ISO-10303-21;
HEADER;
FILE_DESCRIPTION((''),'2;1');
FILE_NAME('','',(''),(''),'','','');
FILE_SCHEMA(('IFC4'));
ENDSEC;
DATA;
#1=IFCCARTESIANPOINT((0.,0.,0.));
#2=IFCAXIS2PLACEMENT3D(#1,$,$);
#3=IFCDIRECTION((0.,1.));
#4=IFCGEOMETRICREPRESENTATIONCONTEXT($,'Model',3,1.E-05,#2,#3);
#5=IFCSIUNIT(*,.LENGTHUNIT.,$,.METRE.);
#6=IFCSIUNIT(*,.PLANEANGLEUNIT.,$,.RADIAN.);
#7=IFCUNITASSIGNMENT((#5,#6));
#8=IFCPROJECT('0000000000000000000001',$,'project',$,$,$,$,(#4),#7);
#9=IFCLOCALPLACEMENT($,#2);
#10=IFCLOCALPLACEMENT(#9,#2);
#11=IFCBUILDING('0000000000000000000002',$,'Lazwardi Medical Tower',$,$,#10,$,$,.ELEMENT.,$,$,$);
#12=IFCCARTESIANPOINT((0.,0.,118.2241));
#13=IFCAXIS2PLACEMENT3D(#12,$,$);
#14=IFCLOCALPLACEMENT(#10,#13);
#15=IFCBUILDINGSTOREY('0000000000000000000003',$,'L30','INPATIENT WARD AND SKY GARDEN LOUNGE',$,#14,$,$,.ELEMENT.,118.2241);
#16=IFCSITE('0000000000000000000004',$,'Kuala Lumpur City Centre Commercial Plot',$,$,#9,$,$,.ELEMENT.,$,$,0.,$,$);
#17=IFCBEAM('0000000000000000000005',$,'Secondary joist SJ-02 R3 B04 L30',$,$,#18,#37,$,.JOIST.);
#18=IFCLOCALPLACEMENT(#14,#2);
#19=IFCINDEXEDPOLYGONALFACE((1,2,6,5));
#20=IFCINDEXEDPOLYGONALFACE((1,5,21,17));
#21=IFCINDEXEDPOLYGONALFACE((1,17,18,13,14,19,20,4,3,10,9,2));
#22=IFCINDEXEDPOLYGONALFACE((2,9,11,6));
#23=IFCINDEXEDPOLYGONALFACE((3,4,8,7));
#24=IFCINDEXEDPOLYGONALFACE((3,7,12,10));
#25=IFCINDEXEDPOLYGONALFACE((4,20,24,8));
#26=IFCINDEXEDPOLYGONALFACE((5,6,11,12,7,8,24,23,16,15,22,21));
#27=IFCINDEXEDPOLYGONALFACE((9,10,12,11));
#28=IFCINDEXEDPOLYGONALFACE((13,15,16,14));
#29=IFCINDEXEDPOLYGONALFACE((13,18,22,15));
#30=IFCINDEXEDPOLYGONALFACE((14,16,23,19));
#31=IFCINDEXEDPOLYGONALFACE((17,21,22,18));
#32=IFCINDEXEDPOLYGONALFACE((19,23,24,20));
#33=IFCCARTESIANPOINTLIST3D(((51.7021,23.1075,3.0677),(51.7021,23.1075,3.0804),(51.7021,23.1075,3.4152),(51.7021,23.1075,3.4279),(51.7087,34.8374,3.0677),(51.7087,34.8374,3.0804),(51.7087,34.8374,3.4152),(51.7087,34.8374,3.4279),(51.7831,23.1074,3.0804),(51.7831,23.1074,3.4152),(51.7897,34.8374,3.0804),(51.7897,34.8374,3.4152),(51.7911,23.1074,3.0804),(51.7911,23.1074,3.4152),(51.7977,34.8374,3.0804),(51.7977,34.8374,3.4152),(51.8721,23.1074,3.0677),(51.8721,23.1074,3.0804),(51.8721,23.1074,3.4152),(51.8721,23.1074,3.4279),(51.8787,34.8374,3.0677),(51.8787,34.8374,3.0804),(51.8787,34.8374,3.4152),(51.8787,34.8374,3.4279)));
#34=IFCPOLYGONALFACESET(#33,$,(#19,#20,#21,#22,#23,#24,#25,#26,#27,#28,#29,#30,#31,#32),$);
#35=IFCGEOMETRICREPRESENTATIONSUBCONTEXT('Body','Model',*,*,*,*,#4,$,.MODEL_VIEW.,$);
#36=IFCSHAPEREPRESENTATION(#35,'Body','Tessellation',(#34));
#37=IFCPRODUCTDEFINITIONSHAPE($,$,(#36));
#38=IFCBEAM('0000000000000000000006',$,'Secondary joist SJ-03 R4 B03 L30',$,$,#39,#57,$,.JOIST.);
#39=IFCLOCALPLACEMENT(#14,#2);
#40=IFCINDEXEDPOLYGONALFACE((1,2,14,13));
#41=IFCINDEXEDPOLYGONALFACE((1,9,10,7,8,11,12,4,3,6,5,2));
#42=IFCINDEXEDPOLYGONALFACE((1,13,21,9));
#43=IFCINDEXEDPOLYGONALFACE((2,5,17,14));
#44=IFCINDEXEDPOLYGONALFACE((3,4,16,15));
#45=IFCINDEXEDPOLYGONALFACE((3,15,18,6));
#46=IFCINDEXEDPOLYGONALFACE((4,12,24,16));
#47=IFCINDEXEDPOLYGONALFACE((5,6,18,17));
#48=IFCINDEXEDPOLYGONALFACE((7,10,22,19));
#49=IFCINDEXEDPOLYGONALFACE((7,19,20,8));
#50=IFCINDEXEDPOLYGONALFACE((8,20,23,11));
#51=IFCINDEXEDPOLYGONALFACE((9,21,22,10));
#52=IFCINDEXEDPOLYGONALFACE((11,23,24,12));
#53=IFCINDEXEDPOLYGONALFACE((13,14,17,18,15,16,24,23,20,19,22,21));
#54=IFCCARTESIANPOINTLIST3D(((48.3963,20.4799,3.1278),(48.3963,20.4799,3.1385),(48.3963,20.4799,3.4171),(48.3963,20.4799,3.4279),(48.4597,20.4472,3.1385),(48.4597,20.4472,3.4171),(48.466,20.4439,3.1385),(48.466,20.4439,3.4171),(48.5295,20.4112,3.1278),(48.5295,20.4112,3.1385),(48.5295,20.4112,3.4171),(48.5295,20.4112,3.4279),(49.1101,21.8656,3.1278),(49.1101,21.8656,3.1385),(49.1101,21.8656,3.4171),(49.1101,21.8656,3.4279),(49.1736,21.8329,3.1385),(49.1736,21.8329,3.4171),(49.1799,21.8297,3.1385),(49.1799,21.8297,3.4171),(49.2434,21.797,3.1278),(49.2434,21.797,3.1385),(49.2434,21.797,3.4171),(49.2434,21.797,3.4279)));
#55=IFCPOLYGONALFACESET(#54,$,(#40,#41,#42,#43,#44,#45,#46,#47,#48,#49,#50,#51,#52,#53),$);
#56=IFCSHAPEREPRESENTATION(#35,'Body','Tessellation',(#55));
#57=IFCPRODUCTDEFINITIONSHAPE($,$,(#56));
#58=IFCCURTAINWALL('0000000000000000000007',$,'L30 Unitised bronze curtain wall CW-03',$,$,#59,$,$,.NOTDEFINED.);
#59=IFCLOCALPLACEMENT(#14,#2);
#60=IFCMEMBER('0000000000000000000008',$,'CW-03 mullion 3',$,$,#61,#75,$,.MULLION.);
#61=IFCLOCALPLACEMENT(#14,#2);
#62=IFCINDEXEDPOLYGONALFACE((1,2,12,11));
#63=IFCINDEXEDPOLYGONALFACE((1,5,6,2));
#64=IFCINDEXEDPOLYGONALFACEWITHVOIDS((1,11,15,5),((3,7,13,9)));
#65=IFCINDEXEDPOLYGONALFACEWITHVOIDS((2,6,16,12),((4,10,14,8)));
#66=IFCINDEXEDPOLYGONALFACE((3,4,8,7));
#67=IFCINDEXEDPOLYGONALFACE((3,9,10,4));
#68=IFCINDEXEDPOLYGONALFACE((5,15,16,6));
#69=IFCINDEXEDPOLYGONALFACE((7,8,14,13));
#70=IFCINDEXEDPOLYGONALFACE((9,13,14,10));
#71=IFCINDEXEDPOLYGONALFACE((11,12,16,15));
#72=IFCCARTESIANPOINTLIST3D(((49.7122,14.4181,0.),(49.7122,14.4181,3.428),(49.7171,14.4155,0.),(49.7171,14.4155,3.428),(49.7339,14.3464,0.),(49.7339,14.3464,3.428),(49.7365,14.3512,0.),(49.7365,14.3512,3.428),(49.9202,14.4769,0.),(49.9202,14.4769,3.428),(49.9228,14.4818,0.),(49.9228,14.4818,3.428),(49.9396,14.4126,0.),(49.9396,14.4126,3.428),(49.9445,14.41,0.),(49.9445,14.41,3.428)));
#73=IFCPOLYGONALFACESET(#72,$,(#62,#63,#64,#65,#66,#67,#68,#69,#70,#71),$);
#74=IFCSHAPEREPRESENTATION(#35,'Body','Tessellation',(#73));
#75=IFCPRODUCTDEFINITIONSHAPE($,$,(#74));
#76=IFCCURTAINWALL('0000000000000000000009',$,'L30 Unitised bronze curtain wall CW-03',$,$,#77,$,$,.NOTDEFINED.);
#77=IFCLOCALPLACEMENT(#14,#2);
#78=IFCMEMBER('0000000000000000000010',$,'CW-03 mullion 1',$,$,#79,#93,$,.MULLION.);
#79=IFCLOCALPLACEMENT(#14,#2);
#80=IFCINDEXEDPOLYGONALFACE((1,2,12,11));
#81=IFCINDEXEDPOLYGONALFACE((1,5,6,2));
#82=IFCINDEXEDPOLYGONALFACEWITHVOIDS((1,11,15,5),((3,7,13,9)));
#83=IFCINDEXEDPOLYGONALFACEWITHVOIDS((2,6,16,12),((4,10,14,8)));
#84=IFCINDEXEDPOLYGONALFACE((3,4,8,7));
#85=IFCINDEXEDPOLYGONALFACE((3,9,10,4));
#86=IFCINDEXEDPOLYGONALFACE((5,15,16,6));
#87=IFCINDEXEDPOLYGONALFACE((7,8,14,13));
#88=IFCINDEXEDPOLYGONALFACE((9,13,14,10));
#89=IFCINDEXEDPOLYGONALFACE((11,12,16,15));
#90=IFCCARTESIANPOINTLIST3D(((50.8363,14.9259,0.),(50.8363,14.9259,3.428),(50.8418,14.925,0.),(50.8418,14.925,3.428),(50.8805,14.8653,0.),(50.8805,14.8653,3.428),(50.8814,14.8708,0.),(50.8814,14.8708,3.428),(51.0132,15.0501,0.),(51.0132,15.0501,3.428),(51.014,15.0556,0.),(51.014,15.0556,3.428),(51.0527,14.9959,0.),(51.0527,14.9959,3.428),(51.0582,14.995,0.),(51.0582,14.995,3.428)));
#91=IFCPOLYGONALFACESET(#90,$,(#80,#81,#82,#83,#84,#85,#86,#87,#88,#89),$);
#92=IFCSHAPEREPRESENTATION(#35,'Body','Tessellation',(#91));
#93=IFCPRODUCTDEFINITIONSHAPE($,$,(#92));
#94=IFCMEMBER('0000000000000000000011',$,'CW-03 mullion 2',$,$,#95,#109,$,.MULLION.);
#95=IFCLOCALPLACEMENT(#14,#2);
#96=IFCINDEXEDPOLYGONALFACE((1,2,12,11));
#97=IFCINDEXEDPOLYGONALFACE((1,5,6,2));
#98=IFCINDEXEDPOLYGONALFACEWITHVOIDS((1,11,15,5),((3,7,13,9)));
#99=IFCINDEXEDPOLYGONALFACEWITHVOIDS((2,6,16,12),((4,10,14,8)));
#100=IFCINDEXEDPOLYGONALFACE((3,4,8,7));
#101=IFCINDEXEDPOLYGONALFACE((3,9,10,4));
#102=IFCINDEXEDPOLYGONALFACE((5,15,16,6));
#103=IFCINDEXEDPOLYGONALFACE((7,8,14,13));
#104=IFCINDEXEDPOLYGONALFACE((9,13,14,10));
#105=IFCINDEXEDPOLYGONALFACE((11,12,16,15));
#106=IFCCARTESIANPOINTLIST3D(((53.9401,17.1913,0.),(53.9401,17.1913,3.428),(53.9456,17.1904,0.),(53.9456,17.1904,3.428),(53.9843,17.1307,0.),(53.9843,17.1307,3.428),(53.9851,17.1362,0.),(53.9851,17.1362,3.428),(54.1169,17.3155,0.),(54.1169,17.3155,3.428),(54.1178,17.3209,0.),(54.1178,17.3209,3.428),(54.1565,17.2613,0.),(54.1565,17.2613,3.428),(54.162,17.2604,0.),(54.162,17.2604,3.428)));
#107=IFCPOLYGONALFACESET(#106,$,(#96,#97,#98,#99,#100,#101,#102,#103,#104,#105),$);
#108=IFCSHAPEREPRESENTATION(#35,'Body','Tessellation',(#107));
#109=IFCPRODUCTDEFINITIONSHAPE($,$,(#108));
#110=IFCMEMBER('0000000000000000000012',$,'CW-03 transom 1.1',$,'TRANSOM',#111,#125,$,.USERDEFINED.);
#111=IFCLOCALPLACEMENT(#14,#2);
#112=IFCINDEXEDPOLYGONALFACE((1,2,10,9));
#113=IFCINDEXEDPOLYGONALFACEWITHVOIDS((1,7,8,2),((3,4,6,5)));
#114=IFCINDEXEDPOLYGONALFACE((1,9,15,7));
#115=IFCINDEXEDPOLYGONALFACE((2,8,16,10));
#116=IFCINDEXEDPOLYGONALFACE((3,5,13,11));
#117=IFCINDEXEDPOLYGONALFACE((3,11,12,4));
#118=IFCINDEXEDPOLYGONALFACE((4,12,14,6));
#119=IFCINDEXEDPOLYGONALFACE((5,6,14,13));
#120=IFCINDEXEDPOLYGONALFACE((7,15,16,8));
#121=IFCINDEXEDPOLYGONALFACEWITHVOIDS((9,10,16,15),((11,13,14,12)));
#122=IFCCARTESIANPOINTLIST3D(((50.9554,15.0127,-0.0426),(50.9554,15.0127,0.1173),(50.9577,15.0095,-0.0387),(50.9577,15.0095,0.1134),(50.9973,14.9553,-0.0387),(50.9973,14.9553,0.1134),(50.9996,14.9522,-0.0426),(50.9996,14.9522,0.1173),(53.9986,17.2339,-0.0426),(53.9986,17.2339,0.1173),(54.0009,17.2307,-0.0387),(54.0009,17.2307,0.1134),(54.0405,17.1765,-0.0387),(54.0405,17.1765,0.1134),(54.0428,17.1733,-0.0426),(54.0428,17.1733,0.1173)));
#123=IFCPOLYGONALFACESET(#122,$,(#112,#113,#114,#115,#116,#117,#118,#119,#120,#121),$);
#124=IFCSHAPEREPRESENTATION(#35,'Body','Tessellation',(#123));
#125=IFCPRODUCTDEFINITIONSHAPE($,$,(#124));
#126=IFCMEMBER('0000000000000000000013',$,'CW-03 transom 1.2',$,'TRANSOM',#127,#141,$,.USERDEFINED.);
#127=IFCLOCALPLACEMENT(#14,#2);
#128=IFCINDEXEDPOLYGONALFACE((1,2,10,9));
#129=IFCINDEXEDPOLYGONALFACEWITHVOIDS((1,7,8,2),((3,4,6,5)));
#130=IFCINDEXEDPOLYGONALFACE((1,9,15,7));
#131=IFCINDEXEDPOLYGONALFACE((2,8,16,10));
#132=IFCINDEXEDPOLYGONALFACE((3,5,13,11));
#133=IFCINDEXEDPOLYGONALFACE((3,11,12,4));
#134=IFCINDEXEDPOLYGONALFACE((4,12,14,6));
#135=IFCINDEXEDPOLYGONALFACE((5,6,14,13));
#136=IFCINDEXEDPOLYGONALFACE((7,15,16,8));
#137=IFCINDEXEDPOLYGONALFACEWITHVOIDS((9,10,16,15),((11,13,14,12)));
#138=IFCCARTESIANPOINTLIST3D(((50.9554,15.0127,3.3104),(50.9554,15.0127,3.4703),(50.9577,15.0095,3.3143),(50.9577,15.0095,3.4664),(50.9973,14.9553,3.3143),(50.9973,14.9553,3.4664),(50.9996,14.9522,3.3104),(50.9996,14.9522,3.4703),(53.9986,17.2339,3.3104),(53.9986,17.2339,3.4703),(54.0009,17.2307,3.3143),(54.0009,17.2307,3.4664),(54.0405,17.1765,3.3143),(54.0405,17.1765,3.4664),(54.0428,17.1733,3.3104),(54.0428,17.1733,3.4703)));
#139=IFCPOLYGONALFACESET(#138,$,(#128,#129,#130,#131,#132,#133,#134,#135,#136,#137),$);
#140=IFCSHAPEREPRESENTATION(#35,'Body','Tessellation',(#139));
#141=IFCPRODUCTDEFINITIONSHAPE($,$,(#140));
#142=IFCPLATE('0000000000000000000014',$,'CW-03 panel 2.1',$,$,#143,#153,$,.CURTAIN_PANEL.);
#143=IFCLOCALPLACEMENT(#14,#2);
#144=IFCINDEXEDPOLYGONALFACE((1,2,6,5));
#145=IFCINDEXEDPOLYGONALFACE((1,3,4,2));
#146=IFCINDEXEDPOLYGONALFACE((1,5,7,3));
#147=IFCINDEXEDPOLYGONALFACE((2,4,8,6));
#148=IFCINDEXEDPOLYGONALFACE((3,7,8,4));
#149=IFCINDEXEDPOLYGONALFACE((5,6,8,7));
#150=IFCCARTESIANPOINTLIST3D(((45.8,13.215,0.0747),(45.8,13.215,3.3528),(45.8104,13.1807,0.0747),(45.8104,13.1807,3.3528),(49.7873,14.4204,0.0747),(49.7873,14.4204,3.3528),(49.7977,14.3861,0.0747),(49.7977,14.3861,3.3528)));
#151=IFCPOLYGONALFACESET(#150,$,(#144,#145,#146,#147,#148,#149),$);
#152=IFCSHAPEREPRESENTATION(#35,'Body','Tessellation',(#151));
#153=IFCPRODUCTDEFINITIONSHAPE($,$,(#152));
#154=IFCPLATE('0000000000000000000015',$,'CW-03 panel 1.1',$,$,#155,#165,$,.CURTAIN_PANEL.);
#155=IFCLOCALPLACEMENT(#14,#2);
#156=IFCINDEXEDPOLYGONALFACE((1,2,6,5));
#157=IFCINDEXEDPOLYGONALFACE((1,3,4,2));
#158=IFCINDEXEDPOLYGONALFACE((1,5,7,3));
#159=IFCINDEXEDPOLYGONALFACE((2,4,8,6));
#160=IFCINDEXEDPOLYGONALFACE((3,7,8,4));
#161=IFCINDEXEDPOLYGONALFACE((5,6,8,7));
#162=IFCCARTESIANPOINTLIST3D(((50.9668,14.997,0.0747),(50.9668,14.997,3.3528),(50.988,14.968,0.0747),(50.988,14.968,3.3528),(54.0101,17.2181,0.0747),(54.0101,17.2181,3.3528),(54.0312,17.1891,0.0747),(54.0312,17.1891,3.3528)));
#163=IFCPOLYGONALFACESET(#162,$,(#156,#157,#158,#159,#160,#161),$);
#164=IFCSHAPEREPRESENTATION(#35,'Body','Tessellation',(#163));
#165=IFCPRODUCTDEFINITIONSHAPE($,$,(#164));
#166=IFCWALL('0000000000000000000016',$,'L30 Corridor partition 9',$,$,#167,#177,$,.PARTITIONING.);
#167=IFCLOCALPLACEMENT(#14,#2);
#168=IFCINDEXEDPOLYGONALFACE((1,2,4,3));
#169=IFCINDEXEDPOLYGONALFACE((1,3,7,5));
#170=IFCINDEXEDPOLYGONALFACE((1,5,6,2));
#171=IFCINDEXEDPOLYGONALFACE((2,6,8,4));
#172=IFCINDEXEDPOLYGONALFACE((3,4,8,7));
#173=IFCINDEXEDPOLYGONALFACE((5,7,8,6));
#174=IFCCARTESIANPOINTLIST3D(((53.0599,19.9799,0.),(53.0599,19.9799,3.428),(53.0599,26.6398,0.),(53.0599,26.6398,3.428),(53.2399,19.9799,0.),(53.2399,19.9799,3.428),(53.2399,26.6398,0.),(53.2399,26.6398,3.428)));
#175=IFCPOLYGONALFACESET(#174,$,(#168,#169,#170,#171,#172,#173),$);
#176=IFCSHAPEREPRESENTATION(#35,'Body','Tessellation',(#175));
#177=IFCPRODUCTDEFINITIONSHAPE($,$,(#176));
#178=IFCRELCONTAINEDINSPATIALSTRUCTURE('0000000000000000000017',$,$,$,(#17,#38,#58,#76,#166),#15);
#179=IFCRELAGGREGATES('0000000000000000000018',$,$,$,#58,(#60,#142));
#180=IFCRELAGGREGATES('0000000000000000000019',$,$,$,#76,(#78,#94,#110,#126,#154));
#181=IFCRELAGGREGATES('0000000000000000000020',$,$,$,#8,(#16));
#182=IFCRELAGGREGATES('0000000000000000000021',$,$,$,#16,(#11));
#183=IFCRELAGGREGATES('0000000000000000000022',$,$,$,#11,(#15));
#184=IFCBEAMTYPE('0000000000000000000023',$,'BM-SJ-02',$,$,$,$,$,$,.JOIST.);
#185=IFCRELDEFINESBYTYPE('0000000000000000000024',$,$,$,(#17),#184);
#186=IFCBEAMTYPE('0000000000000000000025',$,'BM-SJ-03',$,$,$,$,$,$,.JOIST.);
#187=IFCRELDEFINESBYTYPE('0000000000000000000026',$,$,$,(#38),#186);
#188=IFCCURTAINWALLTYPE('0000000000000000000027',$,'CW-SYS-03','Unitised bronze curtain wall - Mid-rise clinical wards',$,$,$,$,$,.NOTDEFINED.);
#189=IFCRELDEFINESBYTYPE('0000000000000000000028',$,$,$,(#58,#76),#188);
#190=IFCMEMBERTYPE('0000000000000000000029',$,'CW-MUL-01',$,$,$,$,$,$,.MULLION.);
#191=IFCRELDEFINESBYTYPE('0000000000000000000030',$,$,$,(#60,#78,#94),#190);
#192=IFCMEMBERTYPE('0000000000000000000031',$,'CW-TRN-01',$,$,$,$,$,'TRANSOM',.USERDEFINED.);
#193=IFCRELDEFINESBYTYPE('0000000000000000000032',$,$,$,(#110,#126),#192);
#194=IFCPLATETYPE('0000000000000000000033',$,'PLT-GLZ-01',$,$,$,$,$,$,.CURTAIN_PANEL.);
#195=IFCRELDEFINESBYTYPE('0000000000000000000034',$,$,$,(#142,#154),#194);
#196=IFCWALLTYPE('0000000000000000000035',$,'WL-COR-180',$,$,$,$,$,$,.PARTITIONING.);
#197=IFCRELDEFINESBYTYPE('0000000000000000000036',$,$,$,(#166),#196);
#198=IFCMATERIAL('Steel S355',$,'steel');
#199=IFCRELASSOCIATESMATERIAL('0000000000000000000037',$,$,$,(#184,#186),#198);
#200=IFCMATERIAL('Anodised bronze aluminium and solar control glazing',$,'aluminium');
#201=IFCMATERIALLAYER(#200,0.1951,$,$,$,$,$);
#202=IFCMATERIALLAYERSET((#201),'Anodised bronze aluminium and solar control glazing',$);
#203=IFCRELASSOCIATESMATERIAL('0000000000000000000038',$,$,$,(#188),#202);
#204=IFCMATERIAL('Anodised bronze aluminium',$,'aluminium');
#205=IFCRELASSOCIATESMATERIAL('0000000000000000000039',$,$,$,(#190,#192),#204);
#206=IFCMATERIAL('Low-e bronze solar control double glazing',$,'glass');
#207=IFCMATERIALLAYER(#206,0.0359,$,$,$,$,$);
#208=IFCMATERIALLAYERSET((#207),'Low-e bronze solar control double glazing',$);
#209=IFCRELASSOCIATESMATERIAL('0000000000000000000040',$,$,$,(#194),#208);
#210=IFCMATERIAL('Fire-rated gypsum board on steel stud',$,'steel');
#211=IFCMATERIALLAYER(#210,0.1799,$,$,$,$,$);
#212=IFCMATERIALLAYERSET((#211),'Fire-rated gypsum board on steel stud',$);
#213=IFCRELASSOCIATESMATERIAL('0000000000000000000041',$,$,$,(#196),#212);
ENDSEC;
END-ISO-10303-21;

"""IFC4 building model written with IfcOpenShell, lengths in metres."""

from ifc_helpers import new_model, si_unit, direction, frame, frame_2d, origin, origin_2d, place, context, subcontext, project, spatial, rectangle, hollow_rectangle, i_section, extrude, material, layer, layer_set, material_profile, profile_set, type_object, element, aggregate, save


model = new_model("IFC4")

# Units and contexts
model_context = context("Model", 3, precision=1e-05, world=origin(), true_north=direction((0.0, 1.0)))
body_context = subcontext(model_context, "Body", "Model", "MODEL_VIEW")
ifc_project = project(units=[si_unit("LENGTHUNIT", "METRE"), si_unit("PLANEANGLEUNIT", "RADIAN")], contexts=[model_context])

# Site, building, storey
site_placement = place(None, origin())
site = spatial("IfcSite", under=ifc_project, at=site_placement, Name="Kuala Lumpur City Centre Commercial Plot", CompositionType="ELEMENT", RefElevation=0.0)
building_placement = place(site_placement, origin())
building = spatial("IfcBuilding", under=site, at=building_placement, Name="Lazwardi Medical Tower", CompositionType="ELEMENT")
storey_placement = place(building_placement, frame((0.0, 0.0, 118.2241)))
storey = spatial("IfcBuildingStorey", under=building, at=storey_placement, Name="L30", Description="INPATIENT WARD AND SKY GARDEN LOUNGE", CompositionType="ELEMENT", Elevation=118.2241)

# Beams
ifc_material_1 = material(Name="Steel S355", Category="steel")
ifc_material_profile_1 = material_profile(ifc_material_1, i_section(OverallWidth=0.1699, OverallDepth=0.3601, WebThickness=0.0081, FlangeThickness=0.0127, at=origin_2d()), Name="IPE 360")
ifc_profile_set_1 = profile_set([ifc_material_profile_1], Name="Steel S355")
beam_type_1 = type_object("IfcBeamType", Name="BM-SJ-02", PredefinedType="JOIST", material=ifc_profile_set_1)
beam_1_placement = place(storey_placement, frame((51.7871, 23.1074, 3.2478), z_axis=(0.000562, 1.0, 0.0), x_axis=(-1.0, 0.000562, 0.0)))
element("IfcBeam", 1, at=beam_1_placement, inside=storey, type_object=beam_type_1, Name="Secondary joist SJ-02 R3 B04 L30", PredefinedType="JOIST", context=body_context, shape_type="SweptSolid", body=[
    extrude(i_section(OverallWidth=0.1699, OverallDepth=0.3601, WebThickness=0.0081, FlangeThickness=0.0127, at=origin_2d()), origin(), (0.0, 0.0, 1.0), 11.73),
])
ifc_material_profile_2 = material_profile(ifc_material_1, i_section(OverallWidth=0.1499, OverallDepth=0.3, WebThickness=0.0071, FlangeThickness=0.0107, at=origin_2d()), Name="IPE 300")
ifc_profile_set_2 = profile_set([ifc_material_profile_2], Name="Steel S355")
beam_type_2 = type_object("IfcBeamType", Name="BM-SJ-03", PredefinedType="JOIST", material=ifc_profile_set_2)
beam_2_placement = place(storey_placement, frame((48.4629, 20.4456, 3.2778), z_axis=(0.457957, 0.888975, 0.0), x_axis=(-0.888975, 0.457957, 0.0)))
element("IfcBeam", 2, at=beam_2_placement, inside=storey, type_object=beam_type_2, Name="Secondary joist SJ-03 R4 B03 L30", PredefinedType="JOIST", context=body_context, shape_type="SweptSolid", body=[
    extrude(i_section(OverallWidth=0.1499, OverallDepth=0.3, WebThickness=0.0071, FlangeThickness=0.0107, at=origin_2d()), origin(), (0.0, 0.0, 1.0), 1.5588),
])

# Curtain wall, member
ifc_material_2 = material(Name="Anodised bronze aluminium and solar control glazing", Category="aluminium")
ifc_layer_1 = layer(ifc_material_2, 0.1951)
ifc_layer_set_1 = layer_set([ifc_layer_1], Name="Anodised bronze aluminium and solar control glazing")
curtain_wall_type = type_object("IfcCurtainWallType", Name="CW-SYS-03", Description="Unitised bronze curtain wall - Mid-rise clinical wards", PredefinedType="NOTDEFINED", material=ifc_layer_set_1)
curtain_wall_1_placement = place(storey_placement, origin())
curtain_wall_1 = element("IfcCurtainWall", 3, at=curtain_wall_1_placement, inside=storey, type_object=curtain_wall_type, Name="L30 Unitised bronze curtain wall CW-03", PredefinedType="NOTDEFINED")
ifc_material_3 = material(Name="Anodised bronze aluminium", Category="aluminium")
ifc_material_profile_3 = material_profile(ifc_material_3, hollow_rectangle(XDim=0.075, YDim=0.22, WallThickness=0.0039, at=origin_2d()), Name="ALU-MULLION 220x75x4")
ifc_profile_set_3 = profile_set([ifc_material_profile_3], Name="Anodised bronze aluminium")
member_type_1 = type_object("IfcMemberType", Name="CW-MUL-01", PredefinedType="MULLION", material=ifc_profile_set_3)
member_1_placement = place(storey_placement, frame((49.8284, 14.4141, 0.0), z_axis=(0.0, 0.0, 1.0), x_axis=(-0.289374, 0.957216, 0.0)))
member_1 = element("IfcMember", 4, at=member_1_placement, type_object=member_type_1, Name="CW-03 mullion 3", PredefinedType="MULLION", context=body_context, shape_type="SweptSolid", body=[
    extrude(hollow_rectangle(XDim=0.075, YDim=0.22, WallThickness=0.0039, at=origin_2d()), origin(), (0.0, 0.0, 1.0), 3.428),
])

# Curtain wall, members
curtain_wall_2_placement = place(storey_placement, origin())
curtain_wall_2 = element("IfcCurtainWall", 5, at=curtain_wall_2_placement, inside=storey, type_object=curtain_wall_type, Name="L30 Unitised bronze curtain wall CW-03", PredefinedType="NOTDEFINED")
member_2_placement = place(storey_placement, frame((50.9473, 14.9604, 0.0), z_axis=(0.0, 0.0, 1.0), x_axis=(-0.589531, 0.807746, 0.0)))
member_2 = element("IfcMember", 6, at=member_2_placement, type_object=member_type_1, Name="CW-03 mullion 1", PredefinedType="MULLION", context=body_context, shape_type="SweptSolid", body=[
    extrude(hollow_rectangle(XDim=0.075, YDim=0.22, WallThickness=0.0039, at=origin_2d()), origin(), (0.0, 0.0, 1.0), 3.428),
])
member_3_placement = place(storey_placement, frame((54.051, 17.2258, 0.0), z_axis=(0.0, 0.0, 1.0), x_axis=(-0.589531, 0.807746, 0.0)))
member_3 = element("IfcMember", 7, at=member_3_placement, type_object=member_type_1, Name="CW-03 mullion 2", PredefinedType="MULLION", context=body_context, shape_type="SweptSolid", body=[
    extrude(hollow_rectangle(XDim=0.075, YDim=0.22, WallThickness=0.0039, at=origin_2d()), origin(), (0.0, 0.0, 1.0), 3.428),
])
ifc_material_profile_4 = material_profile(ifc_material_3, hollow_rectangle(XDim=0.075, YDim=0.1599, WallThickness=0.0039, at=origin_2d()), Name="ALU-TRANSOM 160x75x4")
ifc_profile_set_4 = profile_set([ifc_material_profile_4], Name="Anodised bronze aluminium")
member_type_2 = type_object("IfcMemberType", Name="CW-TRN-01", ElementType="TRANSOM", PredefinedType="USERDEFINED", material=ifc_profile_set_4)
member_4_placement = place(storey_placement, frame((50.9775, 14.9824, 0.0374), z_axis=(0.807732, 0.58955, 0.0), x_axis=(-0.58955, 0.807732, 0.0)))
member_4 = element("IfcMember", 8, at=member_4_placement, type_object=member_type_2, Name="CW-03 transom 1.1", ObjectType="TRANSOM", PredefinedType="USERDEFINED", context=body_context, shape_type="SweptSolid", body=[
    extrude(hollow_rectangle(XDim=0.075, YDim=0.1599, WallThickness=0.0039, at=origin_2d()), origin(), (0.0, 0.0, 1.0), 3.7676),
])
member_5_placement = place(storey_placement, frame((50.9775, 14.9824, 3.3904), z_axis=(0.807732, 0.58955, 0.0), x_axis=(-0.58955, 0.807732, 0.0)))
member_5 = element("IfcMember", 9, at=member_5_placement, type_object=member_type_2, Name="CW-03 transom 1.2", ObjectType="TRANSOM", PredefinedType="USERDEFINED", context=body_context, shape_type="SweptSolid", body=[
    extrude(hollow_rectangle(XDim=0.075, YDim=0.1599, WallThickness=0.0039, at=origin_2d()), origin(), (0.0, 0.0, 1.0), 3.7676),
])

# Plates
ifc_material_4 = material(Name="Low-e bronze solar control double glazing", Category="glass")
ifc_layer_2 = layer(ifc_material_4, 0.0359)
ifc_layer_set_2 = layer_set([ifc_layer_2], Name="Low-e bronze solar control double glazing")
plate_type = type_object("IfcPlateType", Name="PLT-GLZ-01", PredefinedType="CURTAIN_PANEL", material=ifc_layer_set_2)
plate_1_placement = place(storey_placement, frame((47.7988, 13.8005, 0.0747), z_axis=(0.0, 0.0, 1.0), x_axis=(0.957216, 0.289374, 0.0)))
plate_1 = element("IfcPlate", 10, at=plate_1_placement, type_object=plate_type, Name="CW-03 panel 2.1", PredefinedType="CURTAIN_PANEL", context=body_context, shape_type="SweptSolid", body=[
    extrude(rectangle(XDim=4.1655, YDim=0.0359, at=origin_2d()), origin(), (0.0, 0.0, 1.0), 3.2781),
])
aggregate(curtain_wall_1, [member_1, plate_1])
plate_2_placement = place(storey_placement, frame((52.499, 16.093, 0.0747), z_axis=(0.0, 0.0, 1.0), x_axis=(0.807746, 0.589531, 0.0)))
plate_2 = element("IfcPlate", 11, at=plate_2_placement, type_object=plate_type, Name="CW-03 panel 1.1", PredefinedType="CURTAIN_PANEL", context=body_context, shape_type="SweptSolid", body=[
    extrude(rectangle(XDim=3.7676, YDim=0.0359, at=origin_2d()), origin(), (0.0, 0.0, 1.0), 3.2781),
])
aggregate(curtain_wall_2, [member_2, member_3, member_4, member_5, plate_2])

# Wall
ifc_material_5 = material(Name="Fire-rated gypsum board on steel stud", Category="steel")
ifc_layer_3 = layer(ifc_material_5, 0.1799)
ifc_layer_set_3 = layer_set([ifc_layer_3], Name="Fire-rated gypsum board on steel stud")
wall_type_1 = type_object("IfcWallType", Name="WL-COR-180", PredefinedType="PARTITIONING", material=ifc_layer_set_3)
wall_1_placement = place(storey_placement, frame((53.1499, 26.6399, 0.0), z_axis=(0.0, 0.0, 1.0), x_axis=(0.0, -1.0, 0.0)))
element("IfcWall", 12, at=wall_1_placement, inside=storey, type_object=wall_type_1, Name="L30 Corridor partition 9", PredefinedType="PARTITIONING", context=body_context, shape_type="SweptSolid", body=[
    extrude(rectangle(XDim=6.6599, YDim=0.1799, at=frame_2d((3.3301, 0.0))), origin(), (0.0, 0.0, 1.0), 3.428),
])

save(model, "model.ifc")
